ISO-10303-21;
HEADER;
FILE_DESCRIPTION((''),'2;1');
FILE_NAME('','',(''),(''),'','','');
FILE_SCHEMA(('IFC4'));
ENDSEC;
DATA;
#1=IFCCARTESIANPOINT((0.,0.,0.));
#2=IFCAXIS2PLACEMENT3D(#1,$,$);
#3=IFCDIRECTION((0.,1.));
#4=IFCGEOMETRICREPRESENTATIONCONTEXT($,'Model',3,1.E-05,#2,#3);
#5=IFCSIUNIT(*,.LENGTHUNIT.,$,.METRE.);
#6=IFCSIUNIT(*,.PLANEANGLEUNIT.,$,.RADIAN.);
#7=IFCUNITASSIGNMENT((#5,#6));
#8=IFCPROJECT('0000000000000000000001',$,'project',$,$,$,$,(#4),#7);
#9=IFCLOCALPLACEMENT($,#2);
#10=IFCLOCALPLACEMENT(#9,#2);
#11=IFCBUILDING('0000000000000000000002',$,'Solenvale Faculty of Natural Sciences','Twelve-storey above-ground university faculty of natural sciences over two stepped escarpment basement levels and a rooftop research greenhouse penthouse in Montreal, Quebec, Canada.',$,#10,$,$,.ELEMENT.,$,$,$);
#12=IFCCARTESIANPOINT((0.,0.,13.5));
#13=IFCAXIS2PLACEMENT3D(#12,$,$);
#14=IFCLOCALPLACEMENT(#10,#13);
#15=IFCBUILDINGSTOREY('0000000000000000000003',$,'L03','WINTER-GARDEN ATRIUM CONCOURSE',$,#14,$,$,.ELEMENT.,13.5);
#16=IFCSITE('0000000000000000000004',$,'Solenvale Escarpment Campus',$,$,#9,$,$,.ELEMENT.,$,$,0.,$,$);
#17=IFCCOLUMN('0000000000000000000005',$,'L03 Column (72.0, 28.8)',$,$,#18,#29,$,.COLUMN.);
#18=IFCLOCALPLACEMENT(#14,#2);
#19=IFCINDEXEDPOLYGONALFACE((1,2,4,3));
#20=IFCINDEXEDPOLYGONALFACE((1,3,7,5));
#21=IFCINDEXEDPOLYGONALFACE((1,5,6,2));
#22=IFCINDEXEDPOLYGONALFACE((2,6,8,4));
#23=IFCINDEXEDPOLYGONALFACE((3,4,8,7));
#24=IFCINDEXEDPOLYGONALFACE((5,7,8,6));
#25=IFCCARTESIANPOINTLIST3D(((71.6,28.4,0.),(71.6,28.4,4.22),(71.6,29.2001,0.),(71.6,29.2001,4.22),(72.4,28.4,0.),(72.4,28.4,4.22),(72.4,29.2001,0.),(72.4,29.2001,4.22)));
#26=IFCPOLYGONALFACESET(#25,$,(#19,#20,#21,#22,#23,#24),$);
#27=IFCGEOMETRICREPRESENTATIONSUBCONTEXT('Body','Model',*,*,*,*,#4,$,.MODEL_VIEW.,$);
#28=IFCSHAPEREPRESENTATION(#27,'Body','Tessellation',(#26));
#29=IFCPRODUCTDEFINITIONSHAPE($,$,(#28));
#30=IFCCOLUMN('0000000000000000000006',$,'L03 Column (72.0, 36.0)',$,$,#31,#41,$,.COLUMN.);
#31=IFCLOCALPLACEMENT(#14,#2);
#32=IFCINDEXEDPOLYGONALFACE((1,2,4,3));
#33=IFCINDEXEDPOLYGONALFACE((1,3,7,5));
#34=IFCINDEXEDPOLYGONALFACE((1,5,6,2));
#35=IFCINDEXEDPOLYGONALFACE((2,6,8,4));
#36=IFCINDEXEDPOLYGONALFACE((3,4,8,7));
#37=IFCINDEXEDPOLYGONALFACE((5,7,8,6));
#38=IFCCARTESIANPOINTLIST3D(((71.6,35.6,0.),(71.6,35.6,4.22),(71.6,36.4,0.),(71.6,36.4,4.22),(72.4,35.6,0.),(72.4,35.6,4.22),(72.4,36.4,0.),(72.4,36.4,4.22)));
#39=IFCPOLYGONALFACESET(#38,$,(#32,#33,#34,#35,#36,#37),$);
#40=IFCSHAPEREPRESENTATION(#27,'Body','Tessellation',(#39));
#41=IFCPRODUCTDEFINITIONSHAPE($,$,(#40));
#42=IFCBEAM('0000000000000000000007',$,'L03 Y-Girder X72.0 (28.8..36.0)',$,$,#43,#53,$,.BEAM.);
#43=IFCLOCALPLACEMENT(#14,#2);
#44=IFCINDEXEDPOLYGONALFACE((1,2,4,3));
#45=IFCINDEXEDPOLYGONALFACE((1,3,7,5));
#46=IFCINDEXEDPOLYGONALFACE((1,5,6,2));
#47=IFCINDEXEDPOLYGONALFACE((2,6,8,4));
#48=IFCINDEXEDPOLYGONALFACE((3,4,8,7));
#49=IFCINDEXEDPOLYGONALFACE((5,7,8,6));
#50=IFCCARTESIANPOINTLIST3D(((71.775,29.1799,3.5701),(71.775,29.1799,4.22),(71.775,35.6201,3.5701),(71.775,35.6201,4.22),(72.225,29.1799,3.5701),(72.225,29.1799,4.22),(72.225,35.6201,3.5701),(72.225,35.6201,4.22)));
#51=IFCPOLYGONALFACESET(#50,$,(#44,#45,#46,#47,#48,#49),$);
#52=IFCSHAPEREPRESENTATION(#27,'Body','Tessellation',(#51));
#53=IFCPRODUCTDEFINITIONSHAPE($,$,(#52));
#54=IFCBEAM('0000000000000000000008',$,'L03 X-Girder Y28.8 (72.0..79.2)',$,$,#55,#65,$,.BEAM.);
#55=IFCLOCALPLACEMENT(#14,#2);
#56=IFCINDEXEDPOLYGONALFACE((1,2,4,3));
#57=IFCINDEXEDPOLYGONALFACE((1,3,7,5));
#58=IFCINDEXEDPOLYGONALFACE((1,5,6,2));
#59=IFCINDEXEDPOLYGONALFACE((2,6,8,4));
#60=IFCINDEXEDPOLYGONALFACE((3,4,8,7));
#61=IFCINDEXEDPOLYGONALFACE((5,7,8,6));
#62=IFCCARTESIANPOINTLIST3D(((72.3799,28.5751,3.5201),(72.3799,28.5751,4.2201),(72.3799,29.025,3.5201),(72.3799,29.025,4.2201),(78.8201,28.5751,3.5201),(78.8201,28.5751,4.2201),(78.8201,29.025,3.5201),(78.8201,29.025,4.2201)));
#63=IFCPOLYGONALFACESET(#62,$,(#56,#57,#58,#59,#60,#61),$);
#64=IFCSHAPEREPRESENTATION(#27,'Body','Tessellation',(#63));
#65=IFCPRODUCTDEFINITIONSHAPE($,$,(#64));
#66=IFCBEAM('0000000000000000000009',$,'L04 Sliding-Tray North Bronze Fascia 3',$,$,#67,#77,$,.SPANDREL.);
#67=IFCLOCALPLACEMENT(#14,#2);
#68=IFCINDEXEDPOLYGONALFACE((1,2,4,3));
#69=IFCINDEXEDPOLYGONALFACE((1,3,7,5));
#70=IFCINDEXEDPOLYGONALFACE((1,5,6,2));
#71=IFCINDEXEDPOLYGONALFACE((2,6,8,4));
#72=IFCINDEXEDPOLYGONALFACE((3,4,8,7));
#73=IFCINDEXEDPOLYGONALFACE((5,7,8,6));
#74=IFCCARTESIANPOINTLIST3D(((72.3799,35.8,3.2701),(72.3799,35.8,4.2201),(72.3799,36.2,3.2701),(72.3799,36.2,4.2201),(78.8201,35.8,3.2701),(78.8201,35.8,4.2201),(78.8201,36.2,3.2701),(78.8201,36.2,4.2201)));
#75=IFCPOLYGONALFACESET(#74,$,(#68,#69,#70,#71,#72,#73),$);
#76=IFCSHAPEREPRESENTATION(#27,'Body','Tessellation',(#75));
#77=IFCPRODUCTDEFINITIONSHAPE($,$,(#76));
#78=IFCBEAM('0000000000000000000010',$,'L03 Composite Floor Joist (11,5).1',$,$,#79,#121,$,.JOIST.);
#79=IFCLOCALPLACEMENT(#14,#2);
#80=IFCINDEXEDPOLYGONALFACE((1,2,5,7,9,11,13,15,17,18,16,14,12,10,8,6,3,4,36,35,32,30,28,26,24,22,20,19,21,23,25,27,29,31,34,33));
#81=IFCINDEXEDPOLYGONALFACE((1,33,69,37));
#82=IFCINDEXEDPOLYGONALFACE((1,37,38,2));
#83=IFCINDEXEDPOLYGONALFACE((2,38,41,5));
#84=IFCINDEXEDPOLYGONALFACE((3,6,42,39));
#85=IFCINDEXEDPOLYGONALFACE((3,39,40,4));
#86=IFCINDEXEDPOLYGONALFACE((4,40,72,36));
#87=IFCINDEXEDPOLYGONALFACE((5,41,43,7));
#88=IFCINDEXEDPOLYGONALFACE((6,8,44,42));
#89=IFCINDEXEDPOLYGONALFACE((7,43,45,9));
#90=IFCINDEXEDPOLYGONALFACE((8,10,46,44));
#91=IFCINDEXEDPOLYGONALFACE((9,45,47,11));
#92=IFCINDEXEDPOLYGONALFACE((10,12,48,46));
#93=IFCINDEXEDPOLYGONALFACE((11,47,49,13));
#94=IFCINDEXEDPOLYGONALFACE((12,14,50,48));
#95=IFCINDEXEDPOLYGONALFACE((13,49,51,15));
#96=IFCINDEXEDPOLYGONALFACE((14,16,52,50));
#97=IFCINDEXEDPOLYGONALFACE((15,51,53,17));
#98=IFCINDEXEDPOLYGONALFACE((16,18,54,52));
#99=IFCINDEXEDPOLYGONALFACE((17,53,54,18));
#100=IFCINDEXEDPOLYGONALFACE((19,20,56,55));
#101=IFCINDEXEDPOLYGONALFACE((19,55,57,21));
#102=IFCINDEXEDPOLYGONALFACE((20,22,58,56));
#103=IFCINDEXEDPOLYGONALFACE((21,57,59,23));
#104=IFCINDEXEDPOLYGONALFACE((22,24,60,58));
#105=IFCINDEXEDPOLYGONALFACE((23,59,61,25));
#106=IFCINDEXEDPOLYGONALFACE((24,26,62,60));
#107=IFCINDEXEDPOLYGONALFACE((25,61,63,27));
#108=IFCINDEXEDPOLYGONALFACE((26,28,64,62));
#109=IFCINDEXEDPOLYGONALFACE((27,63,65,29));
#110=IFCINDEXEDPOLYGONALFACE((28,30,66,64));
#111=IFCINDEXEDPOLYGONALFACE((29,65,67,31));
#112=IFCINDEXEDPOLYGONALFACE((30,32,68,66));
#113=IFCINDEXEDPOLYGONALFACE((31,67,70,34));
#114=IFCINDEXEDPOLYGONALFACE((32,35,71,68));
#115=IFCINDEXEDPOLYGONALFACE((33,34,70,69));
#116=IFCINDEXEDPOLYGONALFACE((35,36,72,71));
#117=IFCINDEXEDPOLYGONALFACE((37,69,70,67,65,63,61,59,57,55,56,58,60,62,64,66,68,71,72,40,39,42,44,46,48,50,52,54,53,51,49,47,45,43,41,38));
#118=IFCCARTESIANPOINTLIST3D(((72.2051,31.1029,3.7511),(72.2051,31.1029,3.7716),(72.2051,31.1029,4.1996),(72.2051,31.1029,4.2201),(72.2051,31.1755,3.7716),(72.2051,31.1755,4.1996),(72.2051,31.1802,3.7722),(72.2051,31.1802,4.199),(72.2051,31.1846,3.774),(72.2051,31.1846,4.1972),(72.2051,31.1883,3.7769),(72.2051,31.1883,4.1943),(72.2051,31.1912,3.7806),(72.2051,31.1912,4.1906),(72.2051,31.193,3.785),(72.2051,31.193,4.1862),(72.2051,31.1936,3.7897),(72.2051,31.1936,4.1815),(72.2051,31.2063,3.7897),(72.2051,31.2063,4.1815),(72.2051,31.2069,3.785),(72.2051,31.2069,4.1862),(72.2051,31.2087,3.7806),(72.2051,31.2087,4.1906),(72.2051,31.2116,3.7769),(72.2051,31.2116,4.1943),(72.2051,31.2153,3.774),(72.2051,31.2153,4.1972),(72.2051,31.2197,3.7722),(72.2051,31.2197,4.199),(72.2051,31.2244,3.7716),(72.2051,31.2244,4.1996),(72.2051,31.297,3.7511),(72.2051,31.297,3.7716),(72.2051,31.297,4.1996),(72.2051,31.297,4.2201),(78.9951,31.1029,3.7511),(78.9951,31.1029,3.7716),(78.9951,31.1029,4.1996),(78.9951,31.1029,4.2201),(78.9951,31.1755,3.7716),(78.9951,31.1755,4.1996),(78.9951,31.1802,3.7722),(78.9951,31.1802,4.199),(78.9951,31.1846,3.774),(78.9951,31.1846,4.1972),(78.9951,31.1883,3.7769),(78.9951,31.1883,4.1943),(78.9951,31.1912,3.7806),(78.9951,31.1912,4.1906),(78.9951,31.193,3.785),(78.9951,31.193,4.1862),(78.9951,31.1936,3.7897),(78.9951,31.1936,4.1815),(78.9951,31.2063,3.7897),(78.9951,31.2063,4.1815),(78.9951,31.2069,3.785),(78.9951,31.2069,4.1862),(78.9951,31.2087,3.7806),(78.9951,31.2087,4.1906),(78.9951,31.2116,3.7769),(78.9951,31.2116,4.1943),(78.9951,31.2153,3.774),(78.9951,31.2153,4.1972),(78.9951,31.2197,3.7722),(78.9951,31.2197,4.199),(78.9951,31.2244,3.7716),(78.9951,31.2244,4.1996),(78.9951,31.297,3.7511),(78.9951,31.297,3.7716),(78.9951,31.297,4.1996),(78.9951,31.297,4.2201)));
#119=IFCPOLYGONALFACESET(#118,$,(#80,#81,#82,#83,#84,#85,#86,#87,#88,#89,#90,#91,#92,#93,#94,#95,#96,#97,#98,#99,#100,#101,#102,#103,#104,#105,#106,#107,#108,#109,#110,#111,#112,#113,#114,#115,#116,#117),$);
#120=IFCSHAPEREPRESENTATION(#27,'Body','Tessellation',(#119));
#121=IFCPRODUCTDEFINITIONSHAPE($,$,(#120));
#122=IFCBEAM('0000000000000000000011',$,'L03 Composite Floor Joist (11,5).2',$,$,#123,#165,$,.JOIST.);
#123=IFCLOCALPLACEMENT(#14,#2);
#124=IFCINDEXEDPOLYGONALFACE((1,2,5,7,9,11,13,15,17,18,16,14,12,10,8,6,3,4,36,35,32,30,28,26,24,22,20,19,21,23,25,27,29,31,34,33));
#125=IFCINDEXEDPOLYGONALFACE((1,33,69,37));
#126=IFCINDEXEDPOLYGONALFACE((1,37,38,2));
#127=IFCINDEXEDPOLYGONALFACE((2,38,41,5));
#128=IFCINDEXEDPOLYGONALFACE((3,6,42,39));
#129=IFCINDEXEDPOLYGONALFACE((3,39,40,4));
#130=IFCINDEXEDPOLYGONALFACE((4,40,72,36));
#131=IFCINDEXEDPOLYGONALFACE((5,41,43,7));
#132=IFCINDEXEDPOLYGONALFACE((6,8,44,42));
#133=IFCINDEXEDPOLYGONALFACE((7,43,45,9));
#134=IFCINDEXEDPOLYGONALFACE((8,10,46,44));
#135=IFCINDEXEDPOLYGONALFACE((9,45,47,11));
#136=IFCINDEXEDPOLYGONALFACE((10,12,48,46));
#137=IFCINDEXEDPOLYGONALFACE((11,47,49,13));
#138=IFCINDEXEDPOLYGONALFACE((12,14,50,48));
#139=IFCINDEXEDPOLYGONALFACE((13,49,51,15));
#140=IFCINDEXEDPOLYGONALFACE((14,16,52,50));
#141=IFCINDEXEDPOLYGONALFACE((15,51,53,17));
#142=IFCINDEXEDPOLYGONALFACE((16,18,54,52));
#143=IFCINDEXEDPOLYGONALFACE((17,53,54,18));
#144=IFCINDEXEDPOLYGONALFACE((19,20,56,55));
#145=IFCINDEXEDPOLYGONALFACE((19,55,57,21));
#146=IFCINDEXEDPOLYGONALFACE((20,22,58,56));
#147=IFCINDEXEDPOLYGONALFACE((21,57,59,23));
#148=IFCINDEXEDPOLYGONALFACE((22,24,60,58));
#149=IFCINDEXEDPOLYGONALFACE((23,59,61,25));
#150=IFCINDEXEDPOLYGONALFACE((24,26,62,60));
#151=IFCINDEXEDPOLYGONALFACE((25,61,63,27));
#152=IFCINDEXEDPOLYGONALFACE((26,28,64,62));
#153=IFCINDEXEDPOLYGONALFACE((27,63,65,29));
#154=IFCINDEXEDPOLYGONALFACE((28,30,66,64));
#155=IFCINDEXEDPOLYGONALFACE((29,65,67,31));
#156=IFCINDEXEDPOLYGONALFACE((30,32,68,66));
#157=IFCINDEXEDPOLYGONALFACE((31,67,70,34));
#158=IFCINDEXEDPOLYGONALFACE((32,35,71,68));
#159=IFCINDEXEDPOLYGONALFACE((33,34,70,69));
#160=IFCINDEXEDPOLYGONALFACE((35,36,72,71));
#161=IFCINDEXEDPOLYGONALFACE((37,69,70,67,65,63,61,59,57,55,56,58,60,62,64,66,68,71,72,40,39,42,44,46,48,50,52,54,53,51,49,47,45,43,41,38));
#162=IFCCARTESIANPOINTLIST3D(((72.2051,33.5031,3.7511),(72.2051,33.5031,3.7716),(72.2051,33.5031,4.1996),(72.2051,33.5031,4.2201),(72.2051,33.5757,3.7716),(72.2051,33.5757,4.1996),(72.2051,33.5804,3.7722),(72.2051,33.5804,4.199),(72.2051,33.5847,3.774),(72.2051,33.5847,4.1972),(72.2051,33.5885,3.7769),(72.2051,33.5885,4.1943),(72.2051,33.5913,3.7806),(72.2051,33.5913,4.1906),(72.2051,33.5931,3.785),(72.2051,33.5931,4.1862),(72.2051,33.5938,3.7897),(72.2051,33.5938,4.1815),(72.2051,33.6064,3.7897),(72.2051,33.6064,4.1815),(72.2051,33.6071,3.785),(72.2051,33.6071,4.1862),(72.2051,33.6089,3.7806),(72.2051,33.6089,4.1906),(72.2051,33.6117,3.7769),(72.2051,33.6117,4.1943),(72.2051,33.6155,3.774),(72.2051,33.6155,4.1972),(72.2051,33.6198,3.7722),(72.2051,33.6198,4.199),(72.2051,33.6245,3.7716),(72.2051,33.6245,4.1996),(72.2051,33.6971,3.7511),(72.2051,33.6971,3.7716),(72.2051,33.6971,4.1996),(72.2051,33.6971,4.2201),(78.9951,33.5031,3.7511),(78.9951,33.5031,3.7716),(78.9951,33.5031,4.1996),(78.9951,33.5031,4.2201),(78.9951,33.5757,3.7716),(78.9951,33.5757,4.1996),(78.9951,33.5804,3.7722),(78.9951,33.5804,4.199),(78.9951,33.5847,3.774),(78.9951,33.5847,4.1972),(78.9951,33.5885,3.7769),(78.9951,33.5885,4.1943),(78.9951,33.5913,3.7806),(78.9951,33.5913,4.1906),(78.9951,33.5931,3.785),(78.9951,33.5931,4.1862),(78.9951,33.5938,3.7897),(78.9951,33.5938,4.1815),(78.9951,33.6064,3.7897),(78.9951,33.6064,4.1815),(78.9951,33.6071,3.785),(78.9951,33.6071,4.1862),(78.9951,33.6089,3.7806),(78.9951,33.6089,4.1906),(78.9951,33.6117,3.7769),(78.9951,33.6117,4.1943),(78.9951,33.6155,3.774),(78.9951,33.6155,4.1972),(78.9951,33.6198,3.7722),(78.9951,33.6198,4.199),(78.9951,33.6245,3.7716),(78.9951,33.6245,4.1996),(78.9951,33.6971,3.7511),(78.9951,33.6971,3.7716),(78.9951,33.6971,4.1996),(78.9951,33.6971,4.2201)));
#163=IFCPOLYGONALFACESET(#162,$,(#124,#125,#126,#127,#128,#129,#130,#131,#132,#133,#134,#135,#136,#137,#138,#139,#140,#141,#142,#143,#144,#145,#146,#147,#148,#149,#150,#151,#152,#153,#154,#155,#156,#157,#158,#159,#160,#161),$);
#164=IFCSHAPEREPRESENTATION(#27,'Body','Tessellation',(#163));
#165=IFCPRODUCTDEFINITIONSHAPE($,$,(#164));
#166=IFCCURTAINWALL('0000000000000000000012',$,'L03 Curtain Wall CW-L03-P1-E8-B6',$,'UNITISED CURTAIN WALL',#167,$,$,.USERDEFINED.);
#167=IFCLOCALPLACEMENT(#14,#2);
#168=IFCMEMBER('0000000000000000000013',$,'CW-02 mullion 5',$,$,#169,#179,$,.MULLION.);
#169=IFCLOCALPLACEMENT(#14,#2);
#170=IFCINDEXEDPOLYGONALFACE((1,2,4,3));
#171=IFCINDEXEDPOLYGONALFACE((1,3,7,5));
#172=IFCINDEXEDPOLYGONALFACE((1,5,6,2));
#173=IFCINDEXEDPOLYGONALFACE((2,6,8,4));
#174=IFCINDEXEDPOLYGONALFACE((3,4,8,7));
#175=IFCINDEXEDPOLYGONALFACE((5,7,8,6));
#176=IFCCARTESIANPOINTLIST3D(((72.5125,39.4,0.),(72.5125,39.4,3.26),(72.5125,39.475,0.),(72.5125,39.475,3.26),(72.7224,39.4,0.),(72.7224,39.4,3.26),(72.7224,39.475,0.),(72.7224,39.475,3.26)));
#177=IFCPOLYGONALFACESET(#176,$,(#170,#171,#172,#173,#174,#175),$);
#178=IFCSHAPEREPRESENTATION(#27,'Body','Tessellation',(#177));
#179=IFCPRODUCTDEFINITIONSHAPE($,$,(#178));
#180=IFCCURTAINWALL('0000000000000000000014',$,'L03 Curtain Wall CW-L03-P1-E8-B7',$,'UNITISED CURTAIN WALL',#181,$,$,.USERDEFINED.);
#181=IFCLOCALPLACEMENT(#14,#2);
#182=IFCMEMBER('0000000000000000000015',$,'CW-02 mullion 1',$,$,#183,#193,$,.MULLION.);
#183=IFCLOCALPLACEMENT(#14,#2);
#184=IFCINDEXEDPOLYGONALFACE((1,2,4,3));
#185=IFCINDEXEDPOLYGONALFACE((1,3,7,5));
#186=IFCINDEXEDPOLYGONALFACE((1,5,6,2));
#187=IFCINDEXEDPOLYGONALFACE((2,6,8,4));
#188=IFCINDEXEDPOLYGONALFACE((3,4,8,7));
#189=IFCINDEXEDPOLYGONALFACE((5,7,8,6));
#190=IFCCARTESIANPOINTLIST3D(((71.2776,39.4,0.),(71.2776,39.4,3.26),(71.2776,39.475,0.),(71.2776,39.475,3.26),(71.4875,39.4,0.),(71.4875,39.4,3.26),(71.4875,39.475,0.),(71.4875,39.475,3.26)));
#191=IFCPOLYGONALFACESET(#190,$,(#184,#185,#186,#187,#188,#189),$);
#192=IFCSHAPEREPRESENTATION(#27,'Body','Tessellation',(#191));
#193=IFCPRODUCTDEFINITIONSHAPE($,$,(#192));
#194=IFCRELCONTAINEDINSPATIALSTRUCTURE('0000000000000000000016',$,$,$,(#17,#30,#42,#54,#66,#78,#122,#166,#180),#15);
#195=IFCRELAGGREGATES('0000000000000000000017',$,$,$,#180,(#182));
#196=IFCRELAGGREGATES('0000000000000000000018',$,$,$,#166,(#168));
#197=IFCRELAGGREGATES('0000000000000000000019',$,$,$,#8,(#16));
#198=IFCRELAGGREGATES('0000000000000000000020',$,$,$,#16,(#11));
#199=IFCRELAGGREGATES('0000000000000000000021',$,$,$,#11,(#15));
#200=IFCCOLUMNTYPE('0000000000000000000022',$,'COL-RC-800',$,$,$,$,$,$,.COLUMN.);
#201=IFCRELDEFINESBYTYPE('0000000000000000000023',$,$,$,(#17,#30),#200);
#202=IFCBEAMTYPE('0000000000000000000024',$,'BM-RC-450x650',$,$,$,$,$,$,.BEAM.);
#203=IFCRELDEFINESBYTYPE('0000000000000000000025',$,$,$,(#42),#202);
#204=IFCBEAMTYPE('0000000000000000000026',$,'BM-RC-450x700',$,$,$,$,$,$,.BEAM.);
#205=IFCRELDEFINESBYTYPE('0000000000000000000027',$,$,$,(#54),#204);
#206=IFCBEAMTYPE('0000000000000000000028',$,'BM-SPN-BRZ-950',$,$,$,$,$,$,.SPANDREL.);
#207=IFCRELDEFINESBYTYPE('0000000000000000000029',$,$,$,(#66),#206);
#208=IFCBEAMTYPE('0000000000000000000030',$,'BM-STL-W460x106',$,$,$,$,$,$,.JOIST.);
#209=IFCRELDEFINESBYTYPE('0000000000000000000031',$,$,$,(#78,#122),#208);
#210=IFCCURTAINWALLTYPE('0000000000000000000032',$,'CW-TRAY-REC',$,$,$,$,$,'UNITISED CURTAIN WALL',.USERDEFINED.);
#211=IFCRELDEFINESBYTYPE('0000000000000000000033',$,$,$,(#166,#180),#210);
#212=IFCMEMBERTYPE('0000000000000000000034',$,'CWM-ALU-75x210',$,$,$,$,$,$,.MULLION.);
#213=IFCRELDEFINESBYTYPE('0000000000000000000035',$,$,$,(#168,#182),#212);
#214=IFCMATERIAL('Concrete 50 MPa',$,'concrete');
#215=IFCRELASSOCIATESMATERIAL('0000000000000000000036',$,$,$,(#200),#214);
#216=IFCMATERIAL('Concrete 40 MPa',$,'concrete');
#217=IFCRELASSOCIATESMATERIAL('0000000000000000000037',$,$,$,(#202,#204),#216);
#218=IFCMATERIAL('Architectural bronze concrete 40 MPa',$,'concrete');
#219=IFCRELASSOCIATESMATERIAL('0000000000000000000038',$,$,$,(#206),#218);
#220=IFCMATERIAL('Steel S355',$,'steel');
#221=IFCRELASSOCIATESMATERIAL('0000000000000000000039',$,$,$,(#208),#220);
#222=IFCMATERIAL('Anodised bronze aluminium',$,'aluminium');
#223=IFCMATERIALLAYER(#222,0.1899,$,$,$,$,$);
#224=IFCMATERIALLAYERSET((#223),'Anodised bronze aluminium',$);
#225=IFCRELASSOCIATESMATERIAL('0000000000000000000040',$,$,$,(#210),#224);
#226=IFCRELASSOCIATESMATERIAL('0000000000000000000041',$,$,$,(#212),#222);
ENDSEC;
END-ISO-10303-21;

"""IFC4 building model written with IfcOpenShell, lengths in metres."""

from ifc_helpers import new_model, si_unit, direction, frame, origin, origin_2d, place, context, subcontext, project, spatial, rectangle, i_section, extrude, material, layer, layer_set, material_profile, profile_set, type_object, element, aggregate, save


model = new_model("IFC4")

# Units and contexts
model_context = context("Model", 3, precision=1e-05, world=origin(), true_north=direction((0.0, 1.0)))
body_context = subcontext(model_context, "Body", "Model", "MODEL_VIEW")
ifc_project = project(units=[si_unit("LENGTHUNIT", "METRE"), si_unit("PLANEANGLEUNIT", "RADIAN")], contexts=[model_context])

# Site, building, storey
site_placement = place(None, origin())
site = spatial("IfcSite", under=ifc_project, at=site_placement, Name="Solenvale Escarpment Campus", CompositionType="ELEMENT", RefElevation=0.0)
building_placement = place(site_placement, origin())
building = spatial("IfcBuilding", under=site, at=building_placement, Name="Solenvale Faculty of Natural Sciences", Description="Twelve-storey above-ground university faculty of natural sciences over two stepped escarpment basement levels and a rooftop research greenhouse penthouse in Montreal, Quebec, Canada.", CompositionType="ELEMENT")
storey_placement = place(building_placement, frame((0.0, 0.0, 13.5)))
storey = spatial("IfcBuildingStorey", under=building, at=storey_placement, Name="L03", Description="WINTER-GARDEN ATRIUM CONCOURSE", CompositionType="ELEMENT", Elevation=13.5)

# Columns
ifc_material_1 = material(Name="Concrete 50 MPa", Category="concrete")
ifc_material_profile_1 = material_profile(ifc_material_1, rectangle(XDim=0.8, YDim=0.8, at=origin_2d()), Name="RC-COL-800x800")
ifc_profile_set_1 = profile_set([ifc_material_profile_1], Name="Concrete 50 MPa")
column_type = type_object("IfcColumnType", Name="COL-RC-800", PredefinedType="COLUMN", material=ifc_profile_set_1)
for number, where, z_axis, x_axis, name in (
    (1, (72.0, 28.8, 0.0), (0.0, 0.0, 1.0), (1.0, 0.0, 0.0), "L03 Column (72.0, 28.8)"),
    (2, (72.0, 36.0, 0.0), (0.0, 0.0, 1.0), (1.0, 0.0, 0.0), "L03 Column (72.0, 36.0)"),
):
    element("IfcColumn", number, at=place(storey_placement, frame(where, z_axis=z_axis, x_axis=x_axis)), inside=storey, type_object=column_type, Name=name, PredefinedType="COLUMN", context=body_context, shape_type="SweptSolid", body=[
        extrude(rectangle(XDim=0.8, YDim=0.8, at=origin_2d()), origin(), (0.0, 0.0, 1.0), 4.22),
    ])

# Beams
ifc_material_2 = material(Name="Concrete 40 MPa", Category="concrete")
ifc_material_profile_2 = material_profile(ifc_material_2, rectangle(XDim=0.45, YDim=0.6499, at=origin_2d()), Name="RC-BM-450x650")
ifc_profile_set_2 = profile_set([ifc_material_profile_2], Name="Concrete 40 MPa")
beam_type_1 = type_object("IfcBeamType", Name="BM-RC-450x650", PredefinedType="BEAM", material=ifc_profile_set_2)
beam_1_placement = place(storey_placement, frame((72.0, 29.1799, 3.895), z_axis=(0.0, 1.0, 0.0), x_axis=(-1.0, 0.0, 0.0)))
element("IfcBeam", 3, at=beam_1_placement, inside=storey, type_object=beam_type_1, Name="L03 Y-Girder X72.0 (28.8..36.0)", PredefinedType="BEAM", context=body_context, shape_type="SweptSolid", body=[
    extrude(rectangle(XDim=0.45, YDim=0.6499, at=origin_2d()), origin(), (0.0, 0.0, 1.0), 6.4402),
])
ifc_material_profile_3 = material_profile(ifc_material_2, rectangle(XDim=0.45, YDim=0.7, at=origin_2d()), Name="RC-BM-450x700")
ifc_profile_set_3 = profile_set([ifc_material_profile_3], Name="Concrete 40 MPa")
beam_type_2 = type_object("IfcBeamType", Name="BM-RC-450x700", PredefinedType="BEAM", material=ifc_profile_set_3)
beam_2_placement = place(storey_placement, frame((72.3799, 28.8, 3.8701), z_axis=(1.0, 0.0, 0.0), x_axis=(0.0, 1.0, 0.0)))
element("IfcBeam", 4, at=beam_2_placement, inside=storey, type_object=beam_type_2, Name="L03 X-Girder Y28.8 (72.0..79.2)", PredefinedType="BEAM", context=body_context, shape_type="SweptSolid", body=[
    extrude(rectangle(XDim=0.45, YDim=0.7, at=origin_2d()), origin(), (0.0, 0.0, 1.0), 6.4402),
])
ifc_material_3 = material(Name="Architectural bronze concrete 40 MPa", Category="concrete")
ifc_material_profile_4 = material_profile(ifc_material_3, rectangle(XDim=0.3999, YDim=0.95, at=origin_2d()), Name="RC-SPN-400x950")
ifc_profile_set_4 = profile_set([ifc_material_profile_4], Name="Architectural bronze concrete 40 MPa")
beam_type_3 = type_object("IfcBeamType", Name="BM-SPN-BRZ-950", PredefinedType="SPANDREL", material=ifc_profile_set_4)
beam_3_placement = place(storey_placement, frame((72.3799, 36.0, 3.7451), z_axis=(1.0, 0.0, 0.0), x_axis=(0.0, 1.0, 0.0)))
element("IfcBeam", 5, at=beam_3_placement, inside=storey, type_object=beam_type_3, Name="L04 Sliding-Tray North Bronze Fascia 3", PredefinedType="SPANDREL", context=body_context, shape_type="SweptSolid", body=[
    extrude(rectangle(XDim=0.3999, YDim=0.95, at=origin_2d()), origin(), (0.0, 0.0, 1.0), 6.4402),
])
ifc_material_4 = material(Name="Steel S355", Category="steel")
ifc_material_profile_5 = material_profile(ifc_material_4, i_section(OverallWidth=0.1941, OverallDepth=0.469, WebThickness=0.0127, FlangeThickness=0.0205, FilletRadius=0.0181, at=origin_2d()), Name="W460x106")
ifc_profile_set_5 = profile_set([ifc_material_profile_5], Name="Steel S355")
beam_type_4 = type_object("IfcBeamType", Name="BM-STL-W460x106", PredefinedType="JOIST", material=ifc_profile_set_5)
for number, where, z_axis, x_axis, name in (
    (6, (72.2051, 31.2, 3.9856), (1.0, 0.0, 0.0), (0.0, 1.0, 0.0), "L03 Composite Floor Joist (11,5).1"),
    (7, (72.2051, 33.6001, 3.9856), (1.0, 0.0, 0.0), (0.0, 1.0, 0.0), "L03 Composite Floor Joist (11,5).2"),
):
    element("IfcBeam", number, at=place(storey_placement, frame(where, z_axis=z_axis, x_axis=x_axis)), inside=storey, type_object=beam_type_4, Name=name, PredefinedType="JOIST", context=body_context, shape_type="SweptSolid", body=[
        extrude(i_section(OverallWidth=0.1941, OverallDepth=0.469, WebThickness=0.0127, FlangeThickness=0.0205, FilletRadius=0.0181, at=origin_2d()), origin(), (0.0, 0.0, 1.0), 6.79),
    ])

# Curtain walls, members
ifc_material_5 = material(Name="Anodised bronze aluminium", Category="aluminium")
ifc_layer_1 = layer(ifc_material_5, 0.1899)
ifc_layer_set_1 = layer_set([ifc_layer_1], Name="Anodised bronze aluminium")
curtain_wall_type = type_object("IfcCurtainWallType", Name="CW-TRAY-REC", ElementType="UNITISED CURTAIN WALL", PredefinedType="USERDEFINED", material=ifc_layer_set_1)
curtain_wall_1_placement = place(storey_placement, origin())
curtain_wall_1 = element("IfcCurtainWall", 8, at=curtain_wall_1_placement, inside=storey, type_object=curtain_wall_type, Name="L03 Curtain Wall CW-L03-P1-E8-B6", ObjectType="UNITISED CURTAIN WALL", PredefinedType="USERDEFINED")
ifc_material_profile_6 = material_profile(ifc_material_5, rectangle(XDim=0.075, YDim=0.21, at=origin_2d()), Name="ALU-MUL-75x210")
ifc_profile_set_6 = profile_set([ifc_material_profile_6], Name="Anodised bronze aluminium")
member_type_1 = type_object("IfcMemberType", Name="CWM-ALU-75x210", PredefinedType="MULLION", material=ifc_profile_set_6)
member_1_placement = place(storey_placement, frame((72.6174, 39.4375, 0.0), z_axis=(0.0, 0.0, 1.0), x_axis=(0.0, -1.0, 0.0)))
member_1 = element("IfcMember", 9, at=member_1_placement, type_object=member_type_1, Name="CW-02 mullion 5", PredefinedType="MULLION", context=body_context, shape_type="SweptSolid", body=[
    extrude(rectangle(XDim=0.075, YDim=0.21, at=origin_2d()), origin(), (0.0, 0.0, 1.0), 3.26),
])
curtain_wall_2_placement = place(storey_placement, origin())
curtain_wall_2 = element("IfcCurtainWall", 10, at=curtain_wall_2_placement, inside=storey, type_object=curtain_wall_type, Name="L03 Curtain Wall CW-L03-P1-E8-B7", ObjectType="UNITISED CURTAIN WALL", PredefinedType="USERDEFINED")
member_2_placement = place(storey_placement, frame((71.3826, 39.4375, 0.0), z_axis=(0.0, 0.0, 1.0), x_axis=(0.0, -1.0, 0.0)))
member_2 = element("IfcMember", 11, at=member_2_placement, type_object=member_type_1, Name="CW-02 mullion 1", PredefinedType="MULLION", context=body_context, shape_type="SweptSolid", body=[
    extrude(rectangle(XDim=0.075, YDim=0.21, at=origin_2d()), origin(), (0.0, 0.0, 1.0), 3.26),
])

aggregate(curtain_wall_2, [member_2])

aggregate(curtain_wall_1, [member_1])

save(model, "model.ifc")
